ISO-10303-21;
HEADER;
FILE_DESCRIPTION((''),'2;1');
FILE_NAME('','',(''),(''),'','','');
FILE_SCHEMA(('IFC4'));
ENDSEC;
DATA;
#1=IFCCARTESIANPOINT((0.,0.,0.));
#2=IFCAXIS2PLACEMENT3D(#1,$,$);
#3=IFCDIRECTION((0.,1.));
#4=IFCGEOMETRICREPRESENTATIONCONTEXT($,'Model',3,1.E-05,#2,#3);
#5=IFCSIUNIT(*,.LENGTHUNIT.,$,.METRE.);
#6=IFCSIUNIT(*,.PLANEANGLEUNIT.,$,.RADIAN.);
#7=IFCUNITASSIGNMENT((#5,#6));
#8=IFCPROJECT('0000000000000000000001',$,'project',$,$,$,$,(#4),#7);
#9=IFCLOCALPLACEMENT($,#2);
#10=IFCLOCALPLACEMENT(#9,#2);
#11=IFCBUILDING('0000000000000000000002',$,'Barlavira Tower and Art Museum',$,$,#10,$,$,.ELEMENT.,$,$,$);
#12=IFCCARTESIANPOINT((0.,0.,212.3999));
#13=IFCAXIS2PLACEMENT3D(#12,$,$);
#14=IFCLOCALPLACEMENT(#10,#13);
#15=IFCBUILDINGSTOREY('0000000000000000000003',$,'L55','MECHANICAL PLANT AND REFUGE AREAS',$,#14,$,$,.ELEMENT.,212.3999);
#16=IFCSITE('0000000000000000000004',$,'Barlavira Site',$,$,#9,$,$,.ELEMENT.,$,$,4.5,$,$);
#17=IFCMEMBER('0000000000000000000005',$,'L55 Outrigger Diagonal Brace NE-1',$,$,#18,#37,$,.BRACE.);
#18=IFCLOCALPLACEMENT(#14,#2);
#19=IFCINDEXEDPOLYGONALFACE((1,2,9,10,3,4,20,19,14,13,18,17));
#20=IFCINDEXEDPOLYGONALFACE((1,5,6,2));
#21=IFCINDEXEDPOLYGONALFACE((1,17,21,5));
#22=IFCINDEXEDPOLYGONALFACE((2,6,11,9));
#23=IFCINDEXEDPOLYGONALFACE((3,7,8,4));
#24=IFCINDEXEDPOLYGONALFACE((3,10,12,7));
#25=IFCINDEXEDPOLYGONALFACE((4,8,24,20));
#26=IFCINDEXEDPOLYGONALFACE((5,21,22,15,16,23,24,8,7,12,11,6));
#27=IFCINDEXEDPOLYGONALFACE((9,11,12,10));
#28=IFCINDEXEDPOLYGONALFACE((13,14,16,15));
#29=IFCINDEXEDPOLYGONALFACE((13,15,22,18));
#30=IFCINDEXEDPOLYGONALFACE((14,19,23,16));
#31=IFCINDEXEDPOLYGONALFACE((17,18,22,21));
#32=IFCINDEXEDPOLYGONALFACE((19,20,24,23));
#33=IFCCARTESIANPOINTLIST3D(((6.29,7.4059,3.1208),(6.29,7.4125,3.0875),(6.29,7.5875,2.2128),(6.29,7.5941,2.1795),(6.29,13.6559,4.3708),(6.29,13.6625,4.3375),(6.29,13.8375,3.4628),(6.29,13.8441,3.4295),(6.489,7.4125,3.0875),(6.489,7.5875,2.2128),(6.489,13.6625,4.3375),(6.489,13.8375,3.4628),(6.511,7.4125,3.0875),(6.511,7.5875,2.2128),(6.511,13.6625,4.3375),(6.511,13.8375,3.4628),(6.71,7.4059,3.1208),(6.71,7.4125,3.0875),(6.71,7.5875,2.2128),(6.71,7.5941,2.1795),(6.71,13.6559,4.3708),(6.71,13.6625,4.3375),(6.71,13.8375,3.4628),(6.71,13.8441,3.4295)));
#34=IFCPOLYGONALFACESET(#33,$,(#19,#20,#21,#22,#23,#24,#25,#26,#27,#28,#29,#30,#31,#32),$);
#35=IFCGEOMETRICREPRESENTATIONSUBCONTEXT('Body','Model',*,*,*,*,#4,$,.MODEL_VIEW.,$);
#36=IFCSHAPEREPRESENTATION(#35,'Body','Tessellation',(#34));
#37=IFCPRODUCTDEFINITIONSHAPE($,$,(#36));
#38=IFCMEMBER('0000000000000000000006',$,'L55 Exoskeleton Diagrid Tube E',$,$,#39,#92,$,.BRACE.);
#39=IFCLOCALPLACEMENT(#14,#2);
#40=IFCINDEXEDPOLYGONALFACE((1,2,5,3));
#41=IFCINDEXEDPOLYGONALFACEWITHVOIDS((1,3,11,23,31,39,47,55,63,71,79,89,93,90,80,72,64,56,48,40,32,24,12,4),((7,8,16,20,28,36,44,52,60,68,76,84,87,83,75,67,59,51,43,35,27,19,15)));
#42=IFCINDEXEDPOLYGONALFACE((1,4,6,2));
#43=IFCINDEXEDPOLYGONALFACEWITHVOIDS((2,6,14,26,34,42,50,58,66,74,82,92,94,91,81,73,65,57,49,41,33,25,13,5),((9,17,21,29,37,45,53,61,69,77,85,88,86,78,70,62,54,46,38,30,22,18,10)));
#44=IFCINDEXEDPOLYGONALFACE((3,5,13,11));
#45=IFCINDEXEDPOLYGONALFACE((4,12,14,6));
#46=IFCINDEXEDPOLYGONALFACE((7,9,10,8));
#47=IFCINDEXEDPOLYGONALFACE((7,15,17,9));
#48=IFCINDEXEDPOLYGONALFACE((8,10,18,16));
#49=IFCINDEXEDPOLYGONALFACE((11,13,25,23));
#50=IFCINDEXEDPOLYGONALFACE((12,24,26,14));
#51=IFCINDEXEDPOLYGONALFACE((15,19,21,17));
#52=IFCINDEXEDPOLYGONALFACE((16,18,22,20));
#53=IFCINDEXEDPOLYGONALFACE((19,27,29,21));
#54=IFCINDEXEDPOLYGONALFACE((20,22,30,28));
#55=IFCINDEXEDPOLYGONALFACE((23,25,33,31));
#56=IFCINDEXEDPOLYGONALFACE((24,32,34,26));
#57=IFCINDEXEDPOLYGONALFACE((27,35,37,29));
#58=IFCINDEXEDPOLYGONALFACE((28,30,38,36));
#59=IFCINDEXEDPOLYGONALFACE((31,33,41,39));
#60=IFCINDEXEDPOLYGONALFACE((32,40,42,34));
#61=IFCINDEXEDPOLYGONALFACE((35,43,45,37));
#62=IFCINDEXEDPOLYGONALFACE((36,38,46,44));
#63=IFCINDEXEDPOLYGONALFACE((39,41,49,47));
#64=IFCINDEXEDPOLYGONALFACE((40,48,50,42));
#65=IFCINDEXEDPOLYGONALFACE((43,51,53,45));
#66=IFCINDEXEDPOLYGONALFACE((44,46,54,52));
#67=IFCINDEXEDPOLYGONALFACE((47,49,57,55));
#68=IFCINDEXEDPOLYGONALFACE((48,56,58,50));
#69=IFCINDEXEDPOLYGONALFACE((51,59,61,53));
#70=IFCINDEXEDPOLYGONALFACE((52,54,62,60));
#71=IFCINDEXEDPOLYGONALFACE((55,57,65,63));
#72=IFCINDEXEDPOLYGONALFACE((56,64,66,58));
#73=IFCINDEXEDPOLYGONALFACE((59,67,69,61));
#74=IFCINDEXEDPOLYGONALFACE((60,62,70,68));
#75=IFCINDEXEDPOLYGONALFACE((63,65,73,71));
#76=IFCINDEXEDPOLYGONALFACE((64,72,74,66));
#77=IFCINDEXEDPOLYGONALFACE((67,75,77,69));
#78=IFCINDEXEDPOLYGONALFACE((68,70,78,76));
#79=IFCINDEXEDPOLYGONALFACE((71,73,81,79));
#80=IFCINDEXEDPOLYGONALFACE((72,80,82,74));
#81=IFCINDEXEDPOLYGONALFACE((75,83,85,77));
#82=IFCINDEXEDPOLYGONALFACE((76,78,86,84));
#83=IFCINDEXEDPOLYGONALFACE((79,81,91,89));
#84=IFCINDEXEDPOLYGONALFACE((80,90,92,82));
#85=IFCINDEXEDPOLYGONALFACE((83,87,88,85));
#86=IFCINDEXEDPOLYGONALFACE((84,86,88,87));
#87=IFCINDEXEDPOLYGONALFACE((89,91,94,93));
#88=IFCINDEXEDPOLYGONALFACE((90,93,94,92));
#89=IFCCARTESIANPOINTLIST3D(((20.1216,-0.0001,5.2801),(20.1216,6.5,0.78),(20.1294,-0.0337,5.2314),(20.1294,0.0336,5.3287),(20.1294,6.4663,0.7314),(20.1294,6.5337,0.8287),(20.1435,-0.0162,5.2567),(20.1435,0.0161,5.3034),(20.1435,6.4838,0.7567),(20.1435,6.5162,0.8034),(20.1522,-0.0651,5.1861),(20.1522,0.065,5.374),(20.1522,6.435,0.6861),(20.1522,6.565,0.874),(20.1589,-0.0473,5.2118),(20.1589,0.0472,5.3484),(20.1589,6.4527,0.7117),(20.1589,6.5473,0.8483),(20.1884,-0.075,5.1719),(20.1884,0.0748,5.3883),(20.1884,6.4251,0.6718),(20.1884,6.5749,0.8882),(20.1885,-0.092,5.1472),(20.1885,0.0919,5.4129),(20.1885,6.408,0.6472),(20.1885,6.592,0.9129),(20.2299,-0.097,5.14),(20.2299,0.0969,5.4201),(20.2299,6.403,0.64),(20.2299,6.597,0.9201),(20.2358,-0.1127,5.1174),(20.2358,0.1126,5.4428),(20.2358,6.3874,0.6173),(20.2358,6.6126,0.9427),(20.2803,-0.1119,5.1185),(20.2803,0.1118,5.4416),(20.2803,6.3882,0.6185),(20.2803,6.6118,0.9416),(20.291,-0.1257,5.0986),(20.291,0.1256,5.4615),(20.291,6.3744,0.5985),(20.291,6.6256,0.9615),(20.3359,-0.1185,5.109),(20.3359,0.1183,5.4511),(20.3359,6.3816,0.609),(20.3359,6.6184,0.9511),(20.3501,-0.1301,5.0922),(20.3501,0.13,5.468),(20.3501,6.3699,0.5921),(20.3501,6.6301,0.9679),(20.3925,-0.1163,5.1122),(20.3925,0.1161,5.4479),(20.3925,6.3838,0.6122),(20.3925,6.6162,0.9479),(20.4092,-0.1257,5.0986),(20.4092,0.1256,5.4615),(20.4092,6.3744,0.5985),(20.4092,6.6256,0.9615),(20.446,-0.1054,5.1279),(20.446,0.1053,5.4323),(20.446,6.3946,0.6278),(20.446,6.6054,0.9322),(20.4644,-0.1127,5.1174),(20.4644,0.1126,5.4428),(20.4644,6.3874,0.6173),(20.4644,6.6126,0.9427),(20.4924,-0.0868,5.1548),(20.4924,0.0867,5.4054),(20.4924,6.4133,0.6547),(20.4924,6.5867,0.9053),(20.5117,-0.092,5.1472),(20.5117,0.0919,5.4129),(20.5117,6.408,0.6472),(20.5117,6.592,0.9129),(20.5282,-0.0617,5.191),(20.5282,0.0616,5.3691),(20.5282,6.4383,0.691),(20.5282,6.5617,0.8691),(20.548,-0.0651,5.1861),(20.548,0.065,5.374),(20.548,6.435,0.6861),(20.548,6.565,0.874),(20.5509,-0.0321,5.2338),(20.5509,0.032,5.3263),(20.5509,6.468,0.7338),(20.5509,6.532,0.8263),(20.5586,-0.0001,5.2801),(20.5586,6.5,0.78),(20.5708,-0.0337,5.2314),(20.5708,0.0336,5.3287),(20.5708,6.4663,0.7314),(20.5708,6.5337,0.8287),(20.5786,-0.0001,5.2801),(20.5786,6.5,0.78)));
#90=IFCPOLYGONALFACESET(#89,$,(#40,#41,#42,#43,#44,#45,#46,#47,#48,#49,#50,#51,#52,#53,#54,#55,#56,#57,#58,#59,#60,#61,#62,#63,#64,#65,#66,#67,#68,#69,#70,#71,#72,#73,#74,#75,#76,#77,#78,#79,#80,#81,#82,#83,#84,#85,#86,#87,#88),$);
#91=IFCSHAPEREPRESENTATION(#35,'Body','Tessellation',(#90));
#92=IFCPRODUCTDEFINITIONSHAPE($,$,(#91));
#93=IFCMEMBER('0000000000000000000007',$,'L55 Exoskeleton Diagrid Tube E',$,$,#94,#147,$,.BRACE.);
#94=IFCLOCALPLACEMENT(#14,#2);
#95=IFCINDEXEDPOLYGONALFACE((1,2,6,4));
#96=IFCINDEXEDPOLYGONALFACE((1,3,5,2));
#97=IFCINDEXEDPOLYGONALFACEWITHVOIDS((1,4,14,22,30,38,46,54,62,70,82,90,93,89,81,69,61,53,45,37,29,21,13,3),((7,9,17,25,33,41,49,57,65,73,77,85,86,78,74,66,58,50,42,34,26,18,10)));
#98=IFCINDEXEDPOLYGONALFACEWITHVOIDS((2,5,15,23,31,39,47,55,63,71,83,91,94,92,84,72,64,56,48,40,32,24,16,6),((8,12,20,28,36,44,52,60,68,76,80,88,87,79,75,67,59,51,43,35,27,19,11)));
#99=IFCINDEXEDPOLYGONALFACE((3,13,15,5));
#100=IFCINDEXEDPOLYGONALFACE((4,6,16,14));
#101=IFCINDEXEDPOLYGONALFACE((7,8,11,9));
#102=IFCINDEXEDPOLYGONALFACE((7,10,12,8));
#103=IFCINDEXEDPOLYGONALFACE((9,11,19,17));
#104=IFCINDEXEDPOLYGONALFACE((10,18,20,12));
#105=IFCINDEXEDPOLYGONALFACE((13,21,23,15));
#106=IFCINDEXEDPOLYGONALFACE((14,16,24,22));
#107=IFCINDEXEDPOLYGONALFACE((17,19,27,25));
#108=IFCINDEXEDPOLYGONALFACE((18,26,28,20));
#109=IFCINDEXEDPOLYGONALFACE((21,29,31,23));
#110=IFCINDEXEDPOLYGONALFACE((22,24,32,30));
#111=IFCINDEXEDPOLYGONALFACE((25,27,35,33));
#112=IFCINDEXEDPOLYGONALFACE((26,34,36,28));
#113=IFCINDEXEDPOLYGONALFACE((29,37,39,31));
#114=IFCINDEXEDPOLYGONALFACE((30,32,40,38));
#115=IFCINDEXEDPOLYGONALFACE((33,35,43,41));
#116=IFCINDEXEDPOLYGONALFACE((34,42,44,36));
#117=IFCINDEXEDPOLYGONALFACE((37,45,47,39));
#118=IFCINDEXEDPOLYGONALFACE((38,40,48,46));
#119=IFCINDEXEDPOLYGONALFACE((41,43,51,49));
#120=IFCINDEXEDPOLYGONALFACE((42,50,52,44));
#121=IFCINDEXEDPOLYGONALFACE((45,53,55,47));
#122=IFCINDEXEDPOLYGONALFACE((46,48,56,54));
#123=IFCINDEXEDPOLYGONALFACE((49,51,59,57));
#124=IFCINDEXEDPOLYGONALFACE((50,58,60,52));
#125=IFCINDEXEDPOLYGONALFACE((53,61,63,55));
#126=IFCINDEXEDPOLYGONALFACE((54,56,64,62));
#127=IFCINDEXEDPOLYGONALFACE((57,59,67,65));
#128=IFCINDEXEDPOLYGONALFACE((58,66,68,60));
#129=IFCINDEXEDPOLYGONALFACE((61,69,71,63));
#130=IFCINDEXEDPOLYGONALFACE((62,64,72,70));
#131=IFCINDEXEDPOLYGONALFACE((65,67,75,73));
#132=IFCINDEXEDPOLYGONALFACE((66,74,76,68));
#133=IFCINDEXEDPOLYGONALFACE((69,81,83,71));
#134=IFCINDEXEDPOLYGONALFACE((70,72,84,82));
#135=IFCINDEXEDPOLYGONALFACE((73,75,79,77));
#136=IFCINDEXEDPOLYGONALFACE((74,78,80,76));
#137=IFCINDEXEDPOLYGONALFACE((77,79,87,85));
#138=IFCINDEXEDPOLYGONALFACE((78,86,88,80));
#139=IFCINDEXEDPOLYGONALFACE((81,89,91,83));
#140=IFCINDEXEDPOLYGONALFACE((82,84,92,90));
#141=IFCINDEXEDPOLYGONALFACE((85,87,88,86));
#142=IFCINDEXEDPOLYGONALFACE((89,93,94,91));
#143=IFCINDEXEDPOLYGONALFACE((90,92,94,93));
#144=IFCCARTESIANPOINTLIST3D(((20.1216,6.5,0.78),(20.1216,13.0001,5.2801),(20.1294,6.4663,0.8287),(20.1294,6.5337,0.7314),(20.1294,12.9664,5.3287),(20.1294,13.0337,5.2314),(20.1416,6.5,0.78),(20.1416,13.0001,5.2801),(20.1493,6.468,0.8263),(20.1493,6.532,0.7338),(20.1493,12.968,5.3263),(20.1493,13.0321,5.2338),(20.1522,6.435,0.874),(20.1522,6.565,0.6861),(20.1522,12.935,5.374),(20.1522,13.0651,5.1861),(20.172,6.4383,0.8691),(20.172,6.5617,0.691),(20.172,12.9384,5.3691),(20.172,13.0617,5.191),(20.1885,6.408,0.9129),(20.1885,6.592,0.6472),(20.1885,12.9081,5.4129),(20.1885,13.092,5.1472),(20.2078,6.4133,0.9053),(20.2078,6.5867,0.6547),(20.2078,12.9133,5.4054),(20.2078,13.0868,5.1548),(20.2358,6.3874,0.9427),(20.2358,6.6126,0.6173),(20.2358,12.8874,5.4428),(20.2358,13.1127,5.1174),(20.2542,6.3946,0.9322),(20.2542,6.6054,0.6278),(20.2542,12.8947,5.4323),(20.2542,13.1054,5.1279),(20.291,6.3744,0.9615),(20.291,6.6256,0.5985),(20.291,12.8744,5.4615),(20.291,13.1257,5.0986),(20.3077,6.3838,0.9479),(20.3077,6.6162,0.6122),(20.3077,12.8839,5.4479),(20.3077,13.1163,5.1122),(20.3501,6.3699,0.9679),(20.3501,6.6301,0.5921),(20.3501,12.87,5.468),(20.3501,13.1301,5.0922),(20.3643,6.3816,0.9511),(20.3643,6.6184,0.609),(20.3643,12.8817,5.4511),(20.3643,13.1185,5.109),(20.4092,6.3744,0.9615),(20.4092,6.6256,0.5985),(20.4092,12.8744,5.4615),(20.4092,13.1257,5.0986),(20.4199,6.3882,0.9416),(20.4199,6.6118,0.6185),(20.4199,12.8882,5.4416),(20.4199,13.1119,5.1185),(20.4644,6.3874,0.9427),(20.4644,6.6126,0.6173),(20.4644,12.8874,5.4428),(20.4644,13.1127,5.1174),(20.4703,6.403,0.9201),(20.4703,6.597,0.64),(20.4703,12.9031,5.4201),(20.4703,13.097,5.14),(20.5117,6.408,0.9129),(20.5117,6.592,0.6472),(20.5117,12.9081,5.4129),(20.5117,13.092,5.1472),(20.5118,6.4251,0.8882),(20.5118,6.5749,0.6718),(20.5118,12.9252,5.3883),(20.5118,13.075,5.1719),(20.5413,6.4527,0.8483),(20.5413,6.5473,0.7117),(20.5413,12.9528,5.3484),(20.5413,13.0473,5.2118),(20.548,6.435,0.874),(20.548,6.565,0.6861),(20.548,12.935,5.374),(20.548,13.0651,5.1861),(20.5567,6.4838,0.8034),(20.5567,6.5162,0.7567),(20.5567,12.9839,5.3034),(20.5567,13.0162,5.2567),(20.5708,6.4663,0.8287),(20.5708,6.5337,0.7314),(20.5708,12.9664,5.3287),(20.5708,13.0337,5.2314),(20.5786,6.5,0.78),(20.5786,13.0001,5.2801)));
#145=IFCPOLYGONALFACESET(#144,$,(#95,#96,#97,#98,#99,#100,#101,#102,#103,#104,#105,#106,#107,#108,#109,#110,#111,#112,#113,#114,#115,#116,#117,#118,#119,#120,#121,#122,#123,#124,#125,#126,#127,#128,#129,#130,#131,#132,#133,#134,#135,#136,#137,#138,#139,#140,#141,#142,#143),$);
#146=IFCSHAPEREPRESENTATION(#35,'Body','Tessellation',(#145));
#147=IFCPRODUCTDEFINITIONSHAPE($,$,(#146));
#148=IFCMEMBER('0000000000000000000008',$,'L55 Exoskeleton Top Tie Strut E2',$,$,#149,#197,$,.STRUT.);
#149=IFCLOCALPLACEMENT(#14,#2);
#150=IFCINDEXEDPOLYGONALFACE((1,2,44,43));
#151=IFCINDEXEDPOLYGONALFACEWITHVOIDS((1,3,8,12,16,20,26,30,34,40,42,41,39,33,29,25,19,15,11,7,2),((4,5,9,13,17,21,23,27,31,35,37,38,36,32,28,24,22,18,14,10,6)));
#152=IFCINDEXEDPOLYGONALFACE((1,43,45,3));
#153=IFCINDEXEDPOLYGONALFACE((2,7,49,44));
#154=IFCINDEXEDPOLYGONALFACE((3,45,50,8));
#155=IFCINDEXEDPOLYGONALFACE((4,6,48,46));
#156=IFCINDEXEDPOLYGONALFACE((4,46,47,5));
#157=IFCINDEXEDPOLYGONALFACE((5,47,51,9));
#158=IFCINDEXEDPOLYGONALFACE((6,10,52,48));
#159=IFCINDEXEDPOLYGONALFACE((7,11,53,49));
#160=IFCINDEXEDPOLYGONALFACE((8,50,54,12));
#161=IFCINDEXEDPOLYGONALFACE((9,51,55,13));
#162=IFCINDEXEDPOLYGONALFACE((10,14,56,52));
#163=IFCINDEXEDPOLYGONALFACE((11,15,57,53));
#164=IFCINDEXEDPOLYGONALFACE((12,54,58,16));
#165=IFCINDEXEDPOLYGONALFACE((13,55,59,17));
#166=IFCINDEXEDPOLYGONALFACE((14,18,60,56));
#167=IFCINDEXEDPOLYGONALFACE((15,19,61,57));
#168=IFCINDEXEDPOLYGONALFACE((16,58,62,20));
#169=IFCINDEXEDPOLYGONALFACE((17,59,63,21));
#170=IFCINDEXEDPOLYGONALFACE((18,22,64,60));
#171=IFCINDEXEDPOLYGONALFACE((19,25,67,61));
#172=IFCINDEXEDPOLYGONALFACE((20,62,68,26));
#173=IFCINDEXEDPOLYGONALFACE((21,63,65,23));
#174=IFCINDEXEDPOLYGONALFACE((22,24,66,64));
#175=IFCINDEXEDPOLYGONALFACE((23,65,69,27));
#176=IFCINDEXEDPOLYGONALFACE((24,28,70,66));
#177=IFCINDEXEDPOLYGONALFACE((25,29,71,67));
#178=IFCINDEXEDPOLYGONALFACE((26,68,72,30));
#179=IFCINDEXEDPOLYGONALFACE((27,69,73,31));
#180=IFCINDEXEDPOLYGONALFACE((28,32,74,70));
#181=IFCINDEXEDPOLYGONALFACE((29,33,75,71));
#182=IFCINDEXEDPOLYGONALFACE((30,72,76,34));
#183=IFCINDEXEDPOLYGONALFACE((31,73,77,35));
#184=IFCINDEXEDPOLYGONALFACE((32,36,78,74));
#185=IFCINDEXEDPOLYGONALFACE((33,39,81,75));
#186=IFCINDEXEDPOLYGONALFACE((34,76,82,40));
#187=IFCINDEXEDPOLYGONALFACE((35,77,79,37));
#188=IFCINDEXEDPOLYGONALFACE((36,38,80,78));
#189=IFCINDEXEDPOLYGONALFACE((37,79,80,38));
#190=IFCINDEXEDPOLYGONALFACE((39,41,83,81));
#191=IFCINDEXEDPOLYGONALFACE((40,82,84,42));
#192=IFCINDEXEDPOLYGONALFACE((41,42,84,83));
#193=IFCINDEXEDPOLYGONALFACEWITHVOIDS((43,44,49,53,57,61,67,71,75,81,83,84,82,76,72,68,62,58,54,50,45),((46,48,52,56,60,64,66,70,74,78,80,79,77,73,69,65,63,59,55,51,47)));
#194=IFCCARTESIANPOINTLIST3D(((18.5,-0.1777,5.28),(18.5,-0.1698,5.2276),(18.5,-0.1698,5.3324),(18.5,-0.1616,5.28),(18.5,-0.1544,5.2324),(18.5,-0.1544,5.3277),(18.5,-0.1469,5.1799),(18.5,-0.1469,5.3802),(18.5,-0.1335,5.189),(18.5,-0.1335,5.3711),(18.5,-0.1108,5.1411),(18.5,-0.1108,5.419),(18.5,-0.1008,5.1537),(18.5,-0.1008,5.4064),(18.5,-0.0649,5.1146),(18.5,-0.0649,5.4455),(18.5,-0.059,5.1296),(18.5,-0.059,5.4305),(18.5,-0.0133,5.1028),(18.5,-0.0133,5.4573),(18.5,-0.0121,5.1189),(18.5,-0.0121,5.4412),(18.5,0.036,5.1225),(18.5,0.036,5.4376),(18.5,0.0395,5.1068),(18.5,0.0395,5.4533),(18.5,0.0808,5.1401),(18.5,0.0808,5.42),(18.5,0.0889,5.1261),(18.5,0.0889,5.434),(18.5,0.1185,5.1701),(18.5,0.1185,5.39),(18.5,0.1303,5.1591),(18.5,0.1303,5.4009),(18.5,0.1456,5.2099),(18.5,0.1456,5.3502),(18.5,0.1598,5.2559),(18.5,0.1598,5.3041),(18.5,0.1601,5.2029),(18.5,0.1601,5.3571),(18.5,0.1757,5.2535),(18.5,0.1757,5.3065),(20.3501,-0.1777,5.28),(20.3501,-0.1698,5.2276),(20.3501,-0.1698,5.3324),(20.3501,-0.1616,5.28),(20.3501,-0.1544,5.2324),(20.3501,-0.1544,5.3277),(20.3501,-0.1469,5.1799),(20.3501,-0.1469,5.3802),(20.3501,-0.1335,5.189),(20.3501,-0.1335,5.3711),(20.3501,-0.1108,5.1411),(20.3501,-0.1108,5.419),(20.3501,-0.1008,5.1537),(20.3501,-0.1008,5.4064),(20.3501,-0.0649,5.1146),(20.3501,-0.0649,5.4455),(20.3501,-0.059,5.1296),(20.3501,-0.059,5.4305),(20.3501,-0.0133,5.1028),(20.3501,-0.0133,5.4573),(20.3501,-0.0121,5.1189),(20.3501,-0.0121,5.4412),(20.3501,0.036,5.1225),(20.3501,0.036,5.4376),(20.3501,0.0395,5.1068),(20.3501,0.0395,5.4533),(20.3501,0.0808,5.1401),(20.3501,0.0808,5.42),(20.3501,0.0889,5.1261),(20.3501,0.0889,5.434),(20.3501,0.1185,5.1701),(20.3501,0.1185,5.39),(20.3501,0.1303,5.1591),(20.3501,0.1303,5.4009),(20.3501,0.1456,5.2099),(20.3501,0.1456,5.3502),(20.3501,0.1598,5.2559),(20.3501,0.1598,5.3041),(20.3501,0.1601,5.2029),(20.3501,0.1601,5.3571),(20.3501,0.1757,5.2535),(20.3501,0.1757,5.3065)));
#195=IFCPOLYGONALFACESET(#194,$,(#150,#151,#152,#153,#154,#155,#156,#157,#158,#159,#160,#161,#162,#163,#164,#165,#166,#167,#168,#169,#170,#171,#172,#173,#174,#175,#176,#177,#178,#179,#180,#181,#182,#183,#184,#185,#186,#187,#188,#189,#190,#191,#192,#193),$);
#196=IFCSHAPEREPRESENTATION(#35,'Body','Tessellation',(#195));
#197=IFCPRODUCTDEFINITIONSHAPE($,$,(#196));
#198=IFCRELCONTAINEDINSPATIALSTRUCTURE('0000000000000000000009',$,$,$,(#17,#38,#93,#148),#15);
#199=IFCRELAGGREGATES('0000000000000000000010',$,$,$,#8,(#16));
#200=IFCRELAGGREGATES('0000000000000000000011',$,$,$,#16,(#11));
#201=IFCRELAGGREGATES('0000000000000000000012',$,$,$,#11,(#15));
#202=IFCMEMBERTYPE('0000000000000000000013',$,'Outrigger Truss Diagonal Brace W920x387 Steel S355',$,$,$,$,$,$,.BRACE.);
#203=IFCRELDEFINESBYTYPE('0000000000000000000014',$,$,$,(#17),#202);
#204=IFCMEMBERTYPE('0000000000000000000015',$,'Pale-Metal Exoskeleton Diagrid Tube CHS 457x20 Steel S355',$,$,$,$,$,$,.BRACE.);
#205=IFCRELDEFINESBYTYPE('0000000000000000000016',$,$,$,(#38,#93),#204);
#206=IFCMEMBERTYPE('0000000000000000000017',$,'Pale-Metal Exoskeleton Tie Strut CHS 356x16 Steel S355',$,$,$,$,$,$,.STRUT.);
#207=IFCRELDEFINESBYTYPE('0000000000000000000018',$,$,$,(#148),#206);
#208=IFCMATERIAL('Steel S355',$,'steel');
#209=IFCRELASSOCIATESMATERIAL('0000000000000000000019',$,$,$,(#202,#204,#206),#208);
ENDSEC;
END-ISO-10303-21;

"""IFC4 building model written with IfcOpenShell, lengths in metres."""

from ifc_helpers import new_model, si_unit, direction, frame, origin, origin_2d, place, context, subcontext, project, spatial, hollow_circle, i_section, extrude, material, material_profile, profile_set, type_object, element, save


model = new_model("IFC4")

# Units and contexts
model_context = context("Model", 3, precision=1e-05, world=origin(), true_north=direction((0.0, 1.0)))
body_context = subcontext(model_context, "Body", "Model", "MODEL_VIEW")
ifc_project = project(units=[si_unit("LENGTHUNIT", "METRE"), si_unit("PLANEANGLEUNIT", "RADIAN")], contexts=[model_context])

# Site, building, storey
site_placement = place(None, origin())
site = spatial("IfcSite", under=ifc_project, at=site_placement, Name="Barlavira Site", CompositionType="ELEMENT", RefElevation=4.5)
building_placement = place(site_placement, origin())
building = spatial("IfcBuilding", under=site, at=building_placement, Name="Barlavira Tower and Art Museum", CompositionType="ELEMENT")
storey_placement = place(building_placement, frame((0.0, 0.0, 212.3999)))
storey = spatial("IfcBuildingStorey", under=building, at=storey_placement, Name="L55", Description="MECHANICAL PLANT AND REFUGE AREAS", CompositionType="ELEMENT", Elevation=212.3999)

# Members
ifc_material_1 = material(Name="Steel S355", Category="steel")
ifc_material_profile_1 = material_profile(ifc_material_1, i_section(OverallWidth=0.4199, OverallDepth=0.96, WebThickness=0.022, FlangeThickness=0.0339, at=origin_2d()), Name="W920x387.0")
ifc_profile_set_1 = profile_set([ifc_material_profile_1], Name="Steel S355")
member_type_1 = type_object("IfcMemberType", Name="Outrigger Truss Diagonal Brace W920x387 Steel S355", PredefinedType="BRACE", material=ifc_profile_set_1)
member_1_placement = place(storey_placement, frame((6.5, 7.5, 2.6501), z_axis=(0.0, 0.980581, 0.196116), x_axis=(-1.0, 0.0, 0.0)))
element("IfcMember", 1, at=member_1_placement, inside=storey, type_object=member_type_1, Name="L55 Outrigger Diagonal Brace NE-1", PredefinedType="BRACE", context=body_context, shape_type="SweptSolid", body=[
    extrude(i_section(OverallWidth=0.4199, OverallDepth=0.96, WebThickness=0.022, FlangeThickness=0.0339, at=origin_2d()), origin(), (0.0, 0.0, 1.0), 6.3738),
])
ifc_material_profile_2 = material_profile(ifc_material_1, hollow_circle(Radius=0.2285, WallThickness=0.02, at=origin_2d()), Name="CHS 457.0x20.0")
ifc_profile_set_2 = profile_set([ifc_material_profile_2], Name="Steel S355")
member_type_2 = type_object("IfcMemberType", Name="Pale-Metal Exoskeleton Diagrid Tube CHS 457x20 Steel S355", PredefinedType="BRACE", material=ifc_profile_set_2)
for number, where, z_axis, x_axis, name in (
    (2, (20.3501, 6.5, 0.78), (0.0, -0.822192, 0.56921), (1.0, 0.0, 0.0), "L55 Exoskeleton Diagrid Tube E"),
    (3, (20.3501, 6.5, 0.78), (0.0, 0.822192, 0.56921), (-1.0, 0.0, 0.0), "L55 Exoskeleton Diagrid Tube E"),
):
    element("IfcMember", number, at=place(storey_placement, frame(where, z_axis=z_axis, x_axis=x_axis)), inside=storey, type_object=member_type_2, Name=name, PredefinedType="BRACE", context=body_context, shape_type="SweptSolid", body=[
        extrude(hollow_circle(Radius=0.2285, WallThickness=0.02, at=origin_2d()), origin(), (0.0, 0.0, 1.0), 7.9058),
    ])
ifc_material_profile_3 = material_profile(ifc_material_1, hollow_circle(Radius=0.1777, WallThickness=0.0161, at=origin_2d()), Name="CHS 355.6x16.0")
ifc_profile_set_3 = profile_set([ifc_material_profile_3], Name="Steel S355")
member_type_3 = type_object("IfcMemberType", Name="Pale-Metal Exoskeleton Tie Strut CHS 356x16 Steel S355", PredefinedType="STRUT", material=ifc_profile_set_3)
member_2_placement = place(storey_placement, frame((20.3501, 0.0, 5.28), z_axis=(-1.0, 0.0, 0.0), x_axis=(0.0, -1.0, 0.0)))
element("IfcMember", 4, at=member_2_placement, inside=storey, type_object=member_type_3, Name="L55 Exoskeleton Top Tie Strut E2", PredefinedType="STRUT", context=body_context, shape_type="SweptSolid", body=[
    extrude(hollow_circle(Radius=0.1777, WallThickness=0.0161, at=origin_2d()), origin(), (0.0, 0.0, 1.0), 1.8501),
])

save(model, "model.ifc")
